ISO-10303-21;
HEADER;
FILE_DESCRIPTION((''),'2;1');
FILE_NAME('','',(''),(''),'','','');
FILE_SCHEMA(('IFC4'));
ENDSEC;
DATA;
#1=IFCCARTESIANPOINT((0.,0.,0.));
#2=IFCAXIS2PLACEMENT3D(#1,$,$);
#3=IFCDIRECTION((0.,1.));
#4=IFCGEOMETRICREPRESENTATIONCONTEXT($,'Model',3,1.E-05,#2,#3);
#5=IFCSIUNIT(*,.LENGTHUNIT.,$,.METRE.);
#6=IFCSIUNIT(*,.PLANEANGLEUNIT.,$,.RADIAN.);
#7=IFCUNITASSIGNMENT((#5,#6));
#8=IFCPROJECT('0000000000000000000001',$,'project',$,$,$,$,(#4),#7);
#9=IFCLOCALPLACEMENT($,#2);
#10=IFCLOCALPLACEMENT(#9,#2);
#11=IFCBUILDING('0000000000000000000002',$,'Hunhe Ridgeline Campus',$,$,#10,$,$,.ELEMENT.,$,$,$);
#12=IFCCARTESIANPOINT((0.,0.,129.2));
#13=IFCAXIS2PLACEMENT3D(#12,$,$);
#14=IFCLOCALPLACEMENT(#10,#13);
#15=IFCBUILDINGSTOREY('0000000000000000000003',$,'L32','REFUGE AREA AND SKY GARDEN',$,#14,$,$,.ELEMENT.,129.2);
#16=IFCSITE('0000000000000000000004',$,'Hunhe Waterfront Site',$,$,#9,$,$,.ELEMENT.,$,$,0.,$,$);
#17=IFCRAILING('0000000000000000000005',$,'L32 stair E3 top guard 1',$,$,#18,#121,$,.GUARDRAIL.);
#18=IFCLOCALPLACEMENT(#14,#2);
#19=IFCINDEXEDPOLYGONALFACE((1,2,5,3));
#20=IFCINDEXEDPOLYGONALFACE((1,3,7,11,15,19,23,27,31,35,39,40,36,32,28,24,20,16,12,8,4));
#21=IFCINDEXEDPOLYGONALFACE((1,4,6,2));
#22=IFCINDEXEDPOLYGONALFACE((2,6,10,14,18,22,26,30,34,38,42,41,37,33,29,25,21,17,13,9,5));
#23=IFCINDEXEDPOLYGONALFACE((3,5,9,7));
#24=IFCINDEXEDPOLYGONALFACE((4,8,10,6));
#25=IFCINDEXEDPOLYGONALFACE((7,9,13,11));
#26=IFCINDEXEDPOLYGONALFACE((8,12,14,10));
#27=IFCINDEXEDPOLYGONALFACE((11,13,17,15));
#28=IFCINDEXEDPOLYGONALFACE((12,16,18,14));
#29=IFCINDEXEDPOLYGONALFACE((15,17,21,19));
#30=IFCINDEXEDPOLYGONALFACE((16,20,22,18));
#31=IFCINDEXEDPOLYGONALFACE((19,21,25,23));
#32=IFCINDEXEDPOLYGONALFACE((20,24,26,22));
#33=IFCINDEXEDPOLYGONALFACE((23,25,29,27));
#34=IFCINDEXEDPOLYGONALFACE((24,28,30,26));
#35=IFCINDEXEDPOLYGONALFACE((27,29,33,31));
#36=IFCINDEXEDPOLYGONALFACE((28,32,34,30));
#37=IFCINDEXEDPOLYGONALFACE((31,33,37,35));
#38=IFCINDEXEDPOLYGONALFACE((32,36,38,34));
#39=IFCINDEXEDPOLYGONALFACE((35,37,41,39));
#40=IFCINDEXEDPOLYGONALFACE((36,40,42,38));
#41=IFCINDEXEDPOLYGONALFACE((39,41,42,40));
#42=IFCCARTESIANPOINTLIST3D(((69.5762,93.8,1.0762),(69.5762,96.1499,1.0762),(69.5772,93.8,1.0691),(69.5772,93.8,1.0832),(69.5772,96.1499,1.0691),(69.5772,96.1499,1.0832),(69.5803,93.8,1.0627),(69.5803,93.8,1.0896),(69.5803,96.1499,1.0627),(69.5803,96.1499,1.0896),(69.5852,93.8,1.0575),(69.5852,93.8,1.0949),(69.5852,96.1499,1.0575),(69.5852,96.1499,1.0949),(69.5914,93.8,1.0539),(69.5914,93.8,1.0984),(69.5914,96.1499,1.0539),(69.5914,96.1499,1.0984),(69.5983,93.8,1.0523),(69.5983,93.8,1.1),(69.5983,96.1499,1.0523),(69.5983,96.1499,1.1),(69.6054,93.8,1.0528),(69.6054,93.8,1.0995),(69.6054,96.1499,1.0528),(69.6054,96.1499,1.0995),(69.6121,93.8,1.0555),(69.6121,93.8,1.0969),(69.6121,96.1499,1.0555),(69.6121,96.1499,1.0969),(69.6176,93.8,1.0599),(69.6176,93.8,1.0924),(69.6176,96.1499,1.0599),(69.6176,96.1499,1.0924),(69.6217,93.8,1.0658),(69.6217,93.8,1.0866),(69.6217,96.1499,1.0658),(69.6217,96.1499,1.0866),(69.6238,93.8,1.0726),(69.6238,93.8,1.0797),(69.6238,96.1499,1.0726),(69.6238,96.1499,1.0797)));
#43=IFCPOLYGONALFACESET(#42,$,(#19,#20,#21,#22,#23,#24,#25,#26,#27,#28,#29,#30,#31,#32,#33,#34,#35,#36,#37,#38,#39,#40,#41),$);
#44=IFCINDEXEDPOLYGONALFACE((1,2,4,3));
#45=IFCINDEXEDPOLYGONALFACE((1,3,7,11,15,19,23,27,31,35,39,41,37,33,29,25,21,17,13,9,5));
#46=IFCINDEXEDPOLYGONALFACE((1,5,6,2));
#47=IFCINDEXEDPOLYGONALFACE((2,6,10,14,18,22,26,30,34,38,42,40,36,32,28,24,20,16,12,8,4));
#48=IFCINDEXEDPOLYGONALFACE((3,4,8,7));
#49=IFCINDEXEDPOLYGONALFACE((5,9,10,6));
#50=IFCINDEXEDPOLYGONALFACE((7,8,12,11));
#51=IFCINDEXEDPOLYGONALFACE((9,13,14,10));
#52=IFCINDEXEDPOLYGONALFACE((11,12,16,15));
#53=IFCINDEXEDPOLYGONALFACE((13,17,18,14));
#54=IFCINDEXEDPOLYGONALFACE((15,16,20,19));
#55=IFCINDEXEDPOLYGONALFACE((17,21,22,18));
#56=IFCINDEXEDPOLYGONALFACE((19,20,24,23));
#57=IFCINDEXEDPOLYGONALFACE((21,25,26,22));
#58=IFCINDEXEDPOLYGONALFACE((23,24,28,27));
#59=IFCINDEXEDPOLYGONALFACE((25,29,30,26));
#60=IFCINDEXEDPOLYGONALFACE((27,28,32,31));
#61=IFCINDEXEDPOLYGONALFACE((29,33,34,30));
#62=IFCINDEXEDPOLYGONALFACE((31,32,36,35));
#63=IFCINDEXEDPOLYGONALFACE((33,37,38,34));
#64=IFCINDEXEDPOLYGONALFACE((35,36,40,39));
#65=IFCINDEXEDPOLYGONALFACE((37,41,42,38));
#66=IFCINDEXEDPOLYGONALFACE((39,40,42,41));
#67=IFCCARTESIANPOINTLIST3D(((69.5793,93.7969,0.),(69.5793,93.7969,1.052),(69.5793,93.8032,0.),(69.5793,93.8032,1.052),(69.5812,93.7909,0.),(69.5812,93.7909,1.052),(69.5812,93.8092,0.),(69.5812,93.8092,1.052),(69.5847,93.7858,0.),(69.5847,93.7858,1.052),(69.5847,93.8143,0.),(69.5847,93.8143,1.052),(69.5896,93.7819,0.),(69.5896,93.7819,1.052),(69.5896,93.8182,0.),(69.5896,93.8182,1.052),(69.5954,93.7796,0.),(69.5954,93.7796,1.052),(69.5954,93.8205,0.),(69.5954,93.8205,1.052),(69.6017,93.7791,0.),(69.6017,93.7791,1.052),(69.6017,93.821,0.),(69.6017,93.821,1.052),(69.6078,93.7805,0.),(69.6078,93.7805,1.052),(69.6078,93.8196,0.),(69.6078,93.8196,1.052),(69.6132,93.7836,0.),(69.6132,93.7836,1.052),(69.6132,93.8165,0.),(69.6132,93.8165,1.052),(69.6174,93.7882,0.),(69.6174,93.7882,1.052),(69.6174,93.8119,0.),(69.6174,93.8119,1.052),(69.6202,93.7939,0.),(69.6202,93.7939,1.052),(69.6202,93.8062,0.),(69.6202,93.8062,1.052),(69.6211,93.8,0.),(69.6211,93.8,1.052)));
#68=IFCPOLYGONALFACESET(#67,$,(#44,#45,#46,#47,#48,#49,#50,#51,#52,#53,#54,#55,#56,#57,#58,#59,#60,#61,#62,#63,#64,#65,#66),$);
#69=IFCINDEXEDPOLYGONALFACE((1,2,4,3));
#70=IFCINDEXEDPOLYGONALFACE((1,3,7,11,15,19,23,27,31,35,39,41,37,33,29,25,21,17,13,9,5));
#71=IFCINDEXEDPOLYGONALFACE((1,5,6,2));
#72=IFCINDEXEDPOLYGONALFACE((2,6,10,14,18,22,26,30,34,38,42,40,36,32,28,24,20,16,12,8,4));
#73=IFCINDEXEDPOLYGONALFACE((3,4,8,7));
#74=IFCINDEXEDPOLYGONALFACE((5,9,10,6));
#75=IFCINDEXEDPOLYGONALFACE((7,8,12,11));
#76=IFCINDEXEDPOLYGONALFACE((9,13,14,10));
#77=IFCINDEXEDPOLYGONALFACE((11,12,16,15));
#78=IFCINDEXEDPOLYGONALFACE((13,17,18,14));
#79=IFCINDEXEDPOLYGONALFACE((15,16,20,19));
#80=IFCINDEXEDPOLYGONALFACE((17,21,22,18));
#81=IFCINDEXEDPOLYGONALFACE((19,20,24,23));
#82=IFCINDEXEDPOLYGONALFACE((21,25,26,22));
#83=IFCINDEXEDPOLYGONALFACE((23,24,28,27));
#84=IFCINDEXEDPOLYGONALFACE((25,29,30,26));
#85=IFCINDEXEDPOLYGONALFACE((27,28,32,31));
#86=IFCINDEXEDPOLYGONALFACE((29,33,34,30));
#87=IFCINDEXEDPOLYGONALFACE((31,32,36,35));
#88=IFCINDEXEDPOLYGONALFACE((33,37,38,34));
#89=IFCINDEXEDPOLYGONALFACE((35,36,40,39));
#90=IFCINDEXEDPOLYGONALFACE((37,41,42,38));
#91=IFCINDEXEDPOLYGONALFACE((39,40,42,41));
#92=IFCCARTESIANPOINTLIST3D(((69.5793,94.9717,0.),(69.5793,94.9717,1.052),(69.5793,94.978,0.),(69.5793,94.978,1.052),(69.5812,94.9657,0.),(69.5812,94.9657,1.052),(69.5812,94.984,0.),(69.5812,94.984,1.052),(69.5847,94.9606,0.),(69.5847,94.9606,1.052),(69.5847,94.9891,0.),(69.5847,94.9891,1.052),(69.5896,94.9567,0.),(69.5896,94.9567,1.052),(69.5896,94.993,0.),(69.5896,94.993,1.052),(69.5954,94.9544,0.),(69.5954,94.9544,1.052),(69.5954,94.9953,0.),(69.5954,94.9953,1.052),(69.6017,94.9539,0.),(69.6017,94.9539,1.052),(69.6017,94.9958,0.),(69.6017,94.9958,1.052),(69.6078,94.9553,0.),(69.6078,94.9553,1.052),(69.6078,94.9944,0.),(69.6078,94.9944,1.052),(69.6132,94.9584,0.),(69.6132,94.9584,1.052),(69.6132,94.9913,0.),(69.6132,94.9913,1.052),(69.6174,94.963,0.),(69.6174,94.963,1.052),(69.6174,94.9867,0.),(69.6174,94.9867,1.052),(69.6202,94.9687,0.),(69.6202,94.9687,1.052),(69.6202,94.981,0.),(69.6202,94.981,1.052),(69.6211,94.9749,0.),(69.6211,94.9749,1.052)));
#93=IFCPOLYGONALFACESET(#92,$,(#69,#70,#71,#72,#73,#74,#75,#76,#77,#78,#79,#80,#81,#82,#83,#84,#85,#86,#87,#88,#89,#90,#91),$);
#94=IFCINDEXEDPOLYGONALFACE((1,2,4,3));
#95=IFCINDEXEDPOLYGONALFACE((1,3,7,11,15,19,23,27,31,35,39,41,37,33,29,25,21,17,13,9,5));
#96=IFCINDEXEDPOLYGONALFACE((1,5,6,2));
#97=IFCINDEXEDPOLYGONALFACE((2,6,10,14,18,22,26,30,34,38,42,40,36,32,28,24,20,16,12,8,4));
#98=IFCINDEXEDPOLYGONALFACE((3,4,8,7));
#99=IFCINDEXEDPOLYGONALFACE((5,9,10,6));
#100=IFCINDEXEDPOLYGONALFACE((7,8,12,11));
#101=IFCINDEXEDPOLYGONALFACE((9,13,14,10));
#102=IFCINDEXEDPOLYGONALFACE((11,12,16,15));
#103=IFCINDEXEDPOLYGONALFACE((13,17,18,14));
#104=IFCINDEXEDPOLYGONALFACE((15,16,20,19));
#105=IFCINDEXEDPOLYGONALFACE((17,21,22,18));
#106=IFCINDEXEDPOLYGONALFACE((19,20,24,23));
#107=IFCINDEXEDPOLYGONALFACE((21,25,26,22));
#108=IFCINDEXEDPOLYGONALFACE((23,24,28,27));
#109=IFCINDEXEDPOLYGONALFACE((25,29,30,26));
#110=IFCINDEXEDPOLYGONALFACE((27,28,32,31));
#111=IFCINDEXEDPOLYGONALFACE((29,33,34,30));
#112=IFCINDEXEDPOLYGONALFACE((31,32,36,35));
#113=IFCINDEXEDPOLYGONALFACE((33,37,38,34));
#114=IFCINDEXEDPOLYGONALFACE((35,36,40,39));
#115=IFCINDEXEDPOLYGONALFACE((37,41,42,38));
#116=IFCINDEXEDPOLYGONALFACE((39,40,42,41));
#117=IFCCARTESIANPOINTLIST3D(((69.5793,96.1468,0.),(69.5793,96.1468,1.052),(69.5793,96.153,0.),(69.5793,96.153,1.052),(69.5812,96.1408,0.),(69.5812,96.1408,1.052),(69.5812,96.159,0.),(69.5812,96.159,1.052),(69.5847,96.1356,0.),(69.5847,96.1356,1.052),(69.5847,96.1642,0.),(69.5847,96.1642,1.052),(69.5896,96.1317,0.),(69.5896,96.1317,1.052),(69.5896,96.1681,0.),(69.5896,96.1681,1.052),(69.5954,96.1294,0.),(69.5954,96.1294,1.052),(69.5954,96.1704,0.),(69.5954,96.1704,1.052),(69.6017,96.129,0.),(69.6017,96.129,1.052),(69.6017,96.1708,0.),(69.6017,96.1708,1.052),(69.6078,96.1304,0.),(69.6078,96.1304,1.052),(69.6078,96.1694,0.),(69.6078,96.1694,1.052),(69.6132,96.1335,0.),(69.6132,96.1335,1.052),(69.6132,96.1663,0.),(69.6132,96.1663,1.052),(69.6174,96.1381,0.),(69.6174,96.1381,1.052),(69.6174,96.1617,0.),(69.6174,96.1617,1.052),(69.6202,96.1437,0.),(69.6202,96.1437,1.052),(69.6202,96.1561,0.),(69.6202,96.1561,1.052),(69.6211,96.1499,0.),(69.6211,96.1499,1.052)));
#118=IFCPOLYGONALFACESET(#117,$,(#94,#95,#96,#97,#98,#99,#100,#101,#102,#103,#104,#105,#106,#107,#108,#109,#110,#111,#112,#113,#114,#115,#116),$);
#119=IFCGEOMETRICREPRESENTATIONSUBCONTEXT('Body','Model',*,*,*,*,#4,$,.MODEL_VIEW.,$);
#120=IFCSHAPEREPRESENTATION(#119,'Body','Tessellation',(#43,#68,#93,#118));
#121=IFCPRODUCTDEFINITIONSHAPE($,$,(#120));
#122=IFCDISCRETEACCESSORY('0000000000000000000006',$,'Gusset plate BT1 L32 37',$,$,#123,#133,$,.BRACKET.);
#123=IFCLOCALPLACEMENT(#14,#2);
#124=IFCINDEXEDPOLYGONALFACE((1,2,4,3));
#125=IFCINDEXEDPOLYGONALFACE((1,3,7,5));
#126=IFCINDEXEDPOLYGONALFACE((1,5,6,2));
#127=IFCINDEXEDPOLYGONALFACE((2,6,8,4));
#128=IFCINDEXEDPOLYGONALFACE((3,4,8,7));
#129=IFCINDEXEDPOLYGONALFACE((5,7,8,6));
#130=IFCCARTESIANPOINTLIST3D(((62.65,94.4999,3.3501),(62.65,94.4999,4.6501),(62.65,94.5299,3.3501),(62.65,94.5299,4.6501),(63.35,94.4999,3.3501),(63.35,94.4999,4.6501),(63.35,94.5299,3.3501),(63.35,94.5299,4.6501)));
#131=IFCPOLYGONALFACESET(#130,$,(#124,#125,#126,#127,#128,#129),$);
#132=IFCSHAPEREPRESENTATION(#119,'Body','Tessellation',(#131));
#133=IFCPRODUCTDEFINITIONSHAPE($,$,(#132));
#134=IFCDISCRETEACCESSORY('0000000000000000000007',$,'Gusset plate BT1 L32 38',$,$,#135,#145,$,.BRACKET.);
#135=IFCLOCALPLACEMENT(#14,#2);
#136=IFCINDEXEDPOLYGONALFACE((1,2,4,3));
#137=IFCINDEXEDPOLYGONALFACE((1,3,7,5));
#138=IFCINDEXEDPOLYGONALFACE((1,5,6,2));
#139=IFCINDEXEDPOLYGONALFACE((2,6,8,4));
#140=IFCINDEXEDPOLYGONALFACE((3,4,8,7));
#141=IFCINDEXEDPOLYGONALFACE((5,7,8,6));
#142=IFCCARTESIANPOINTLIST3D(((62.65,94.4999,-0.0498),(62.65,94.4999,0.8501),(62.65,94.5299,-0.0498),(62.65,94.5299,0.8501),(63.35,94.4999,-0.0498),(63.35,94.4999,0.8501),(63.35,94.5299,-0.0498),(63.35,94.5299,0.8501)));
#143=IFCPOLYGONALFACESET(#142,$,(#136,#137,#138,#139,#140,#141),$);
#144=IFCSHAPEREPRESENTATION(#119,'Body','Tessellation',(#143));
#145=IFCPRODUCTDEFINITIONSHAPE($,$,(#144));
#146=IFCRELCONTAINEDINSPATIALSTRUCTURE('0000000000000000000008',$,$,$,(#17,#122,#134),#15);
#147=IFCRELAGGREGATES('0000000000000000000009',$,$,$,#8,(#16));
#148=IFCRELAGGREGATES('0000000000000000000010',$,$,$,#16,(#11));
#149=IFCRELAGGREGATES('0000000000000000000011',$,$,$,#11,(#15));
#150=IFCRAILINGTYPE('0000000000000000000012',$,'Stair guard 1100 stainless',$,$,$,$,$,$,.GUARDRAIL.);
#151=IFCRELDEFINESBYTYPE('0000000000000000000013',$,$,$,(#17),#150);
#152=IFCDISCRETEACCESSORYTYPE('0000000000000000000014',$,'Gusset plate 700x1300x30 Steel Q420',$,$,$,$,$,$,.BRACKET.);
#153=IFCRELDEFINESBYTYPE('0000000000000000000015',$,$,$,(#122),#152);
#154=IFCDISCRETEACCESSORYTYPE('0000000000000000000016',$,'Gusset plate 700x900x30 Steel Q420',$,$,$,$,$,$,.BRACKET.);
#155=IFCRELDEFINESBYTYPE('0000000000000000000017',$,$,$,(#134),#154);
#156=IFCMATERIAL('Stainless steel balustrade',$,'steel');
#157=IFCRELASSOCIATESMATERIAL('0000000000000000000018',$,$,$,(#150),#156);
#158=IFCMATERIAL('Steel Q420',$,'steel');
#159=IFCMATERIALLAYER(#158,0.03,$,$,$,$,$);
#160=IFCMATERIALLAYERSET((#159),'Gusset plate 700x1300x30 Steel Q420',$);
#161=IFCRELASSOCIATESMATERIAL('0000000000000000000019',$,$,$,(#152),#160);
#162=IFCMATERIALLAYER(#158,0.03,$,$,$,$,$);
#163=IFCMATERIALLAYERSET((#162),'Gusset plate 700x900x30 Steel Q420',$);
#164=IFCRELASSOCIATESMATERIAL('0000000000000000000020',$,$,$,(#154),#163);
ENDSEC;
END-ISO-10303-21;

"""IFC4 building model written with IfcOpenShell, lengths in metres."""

from ifc_helpers import new_model, si_unit, direction, frame, origin, origin_2d, place, context, subcontext, project, spatial, rectangle, circle, extrude, material, layer, layer_set, type_object, element, save


model = new_model("IFC4")

# Units and contexts
model_context = context("Model", 3, precision=1e-05, world=origin(), true_north=direction((0.0, 1.0)))
body_context = subcontext(model_context, "Body", "Model", "MODEL_VIEW")
ifc_project = project(units=[si_unit("LENGTHUNIT", "METRE"), si_unit("PLANEANGLEUNIT", "RADIAN")], contexts=[model_context])

# Site, building, storey
site_placement = place(None, origin())
site = spatial("IfcSite", under=ifc_project, at=site_placement, Name="Hunhe Waterfront Site", CompositionType="ELEMENT", RefElevation=0.0)
building_placement = place(site_placement, origin())
building = spatial("IfcBuilding", under=site, at=building_placement, Name="Hunhe Ridgeline Campus", CompositionType="ELEMENT")
storey_placement = place(building_placement, frame((0.0, 0.0, 129.2)))
storey = spatial("IfcBuildingStorey", under=building, at=storey_placement, Name="L32", Description="REFUGE AREA AND SKY GARDEN", CompositionType="ELEMENT", Elevation=129.2)

# Shared definitions
ifc_material_1 = material(Name="Steel Q420", Category="steel")

# Railing
ifc_material_2 = material(Name="Stainless steel balustrade", Category="steel")
railing_type_1 = type_object("IfcRailingType", Name="Stair guard 1100 stainless", PredefinedType="GUARDRAIL", material=ifc_material_2)
railing_1_placement = place(storey_placement, frame((69.6001, 93.8, 0.0)))
element("IfcRailing", 1, at=railing_1_placement, inside=storey, type_object=railing_type_1, Name="L32 stair E3 top guard 1", PredefinedType="GUARDRAIL", context=body_context, shape_type="SweptSolid", body=[
    extrude(circle(Radius=0.0239, at=origin_2d()), frame((0.0, 0.0, 1.0762), z_axis=(0.0, 1.0, 0.0), x_axis=(-1.0, 0.0, 0.0)), (0.0, 0.0, 1.0), 2.3499),
    extrude(circle(Radius=0.021, at=origin_2d()), origin(), (0.0, 0.0, 1.0), 1.052),
    extrude(circle(Radius=0.021, at=origin_2d()), frame((0.0, 1.1748, 0.0)), (0.0, 0.0, 1.0), 1.052),
    extrude(circle(Radius=0.021, at=origin_2d()), frame((0.0, 2.3499, 0.0)), (0.0, 0.0, 1.0), 1.052),
])

# Discrete accessories
ifc_layer_1 = layer(ifc_material_1, 0.03)
ifc_layer_set_1 = layer_set([ifc_layer_1], Name="Gusset plate 700x1300x30 Steel Q420")
discrete_accessory_type_1 = type_object("IfcDiscreteAccessoryType", Name="Gusset plate 700x1300x30 Steel Q420", PredefinedType="BRACKET", material=ifc_layer_set_1)
discrete_accessory_1_placement = place(storey_placement, frame((63.0, 94.5149, 3.3501), z_axis=(0.0, 0.0, 1.0), x_axis=(0.0, 1.0, 0.0)))
element("IfcDiscreteAccessory", 2, at=discrete_accessory_1_placement, inside=storey, type_object=discrete_accessory_type_1, Name="Gusset plate BT1 L32 37", PredefinedType="BRACKET", context=body_context, shape_type="SweptSolid", body=[
    extrude(rectangle(XDim=0.03, YDim=0.7, at=origin_2d()), origin(), (0.0, 0.0, 1.0), 1.3),
])
ifc_layer_2 = layer(ifc_material_1, 0.03)
ifc_layer_set_2 = layer_set([ifc_layer_2], Name="Gusset plate 700x900x30 Steel Q420")
discrete_accessory_type_2 = type_object("IfcDiscreteAccessoryType", Name="Gusset plate 700x900x30 Steel Q420", PredefinedType="BRACKET", material=ifc_layer_set_2)
discrete_accessory_2_placement = place(storey_placement, frame((63.0, 94.5149, -0.0498), z_axis=(0.0, 0.0, 1.0), x_axis=(0.0, 1.0, 0.0)))
element("IfcDiscreteAccessory", 3, at=discrete_accessory_2_placement, inside=storey, type_object=discrete_accessory_type_2, Name="Gusset plate BT1 L32 38", PredefinedType="BRACKET", context=body_context, shape_type="SweptSolid", body=[
    extrude(rectangle(XDim=0.03, YDim=0.7, at=origin_2d()), origin(), (0.0, 0.0, 1.0), 0.8999),
])

save(model, "model.ifc")
